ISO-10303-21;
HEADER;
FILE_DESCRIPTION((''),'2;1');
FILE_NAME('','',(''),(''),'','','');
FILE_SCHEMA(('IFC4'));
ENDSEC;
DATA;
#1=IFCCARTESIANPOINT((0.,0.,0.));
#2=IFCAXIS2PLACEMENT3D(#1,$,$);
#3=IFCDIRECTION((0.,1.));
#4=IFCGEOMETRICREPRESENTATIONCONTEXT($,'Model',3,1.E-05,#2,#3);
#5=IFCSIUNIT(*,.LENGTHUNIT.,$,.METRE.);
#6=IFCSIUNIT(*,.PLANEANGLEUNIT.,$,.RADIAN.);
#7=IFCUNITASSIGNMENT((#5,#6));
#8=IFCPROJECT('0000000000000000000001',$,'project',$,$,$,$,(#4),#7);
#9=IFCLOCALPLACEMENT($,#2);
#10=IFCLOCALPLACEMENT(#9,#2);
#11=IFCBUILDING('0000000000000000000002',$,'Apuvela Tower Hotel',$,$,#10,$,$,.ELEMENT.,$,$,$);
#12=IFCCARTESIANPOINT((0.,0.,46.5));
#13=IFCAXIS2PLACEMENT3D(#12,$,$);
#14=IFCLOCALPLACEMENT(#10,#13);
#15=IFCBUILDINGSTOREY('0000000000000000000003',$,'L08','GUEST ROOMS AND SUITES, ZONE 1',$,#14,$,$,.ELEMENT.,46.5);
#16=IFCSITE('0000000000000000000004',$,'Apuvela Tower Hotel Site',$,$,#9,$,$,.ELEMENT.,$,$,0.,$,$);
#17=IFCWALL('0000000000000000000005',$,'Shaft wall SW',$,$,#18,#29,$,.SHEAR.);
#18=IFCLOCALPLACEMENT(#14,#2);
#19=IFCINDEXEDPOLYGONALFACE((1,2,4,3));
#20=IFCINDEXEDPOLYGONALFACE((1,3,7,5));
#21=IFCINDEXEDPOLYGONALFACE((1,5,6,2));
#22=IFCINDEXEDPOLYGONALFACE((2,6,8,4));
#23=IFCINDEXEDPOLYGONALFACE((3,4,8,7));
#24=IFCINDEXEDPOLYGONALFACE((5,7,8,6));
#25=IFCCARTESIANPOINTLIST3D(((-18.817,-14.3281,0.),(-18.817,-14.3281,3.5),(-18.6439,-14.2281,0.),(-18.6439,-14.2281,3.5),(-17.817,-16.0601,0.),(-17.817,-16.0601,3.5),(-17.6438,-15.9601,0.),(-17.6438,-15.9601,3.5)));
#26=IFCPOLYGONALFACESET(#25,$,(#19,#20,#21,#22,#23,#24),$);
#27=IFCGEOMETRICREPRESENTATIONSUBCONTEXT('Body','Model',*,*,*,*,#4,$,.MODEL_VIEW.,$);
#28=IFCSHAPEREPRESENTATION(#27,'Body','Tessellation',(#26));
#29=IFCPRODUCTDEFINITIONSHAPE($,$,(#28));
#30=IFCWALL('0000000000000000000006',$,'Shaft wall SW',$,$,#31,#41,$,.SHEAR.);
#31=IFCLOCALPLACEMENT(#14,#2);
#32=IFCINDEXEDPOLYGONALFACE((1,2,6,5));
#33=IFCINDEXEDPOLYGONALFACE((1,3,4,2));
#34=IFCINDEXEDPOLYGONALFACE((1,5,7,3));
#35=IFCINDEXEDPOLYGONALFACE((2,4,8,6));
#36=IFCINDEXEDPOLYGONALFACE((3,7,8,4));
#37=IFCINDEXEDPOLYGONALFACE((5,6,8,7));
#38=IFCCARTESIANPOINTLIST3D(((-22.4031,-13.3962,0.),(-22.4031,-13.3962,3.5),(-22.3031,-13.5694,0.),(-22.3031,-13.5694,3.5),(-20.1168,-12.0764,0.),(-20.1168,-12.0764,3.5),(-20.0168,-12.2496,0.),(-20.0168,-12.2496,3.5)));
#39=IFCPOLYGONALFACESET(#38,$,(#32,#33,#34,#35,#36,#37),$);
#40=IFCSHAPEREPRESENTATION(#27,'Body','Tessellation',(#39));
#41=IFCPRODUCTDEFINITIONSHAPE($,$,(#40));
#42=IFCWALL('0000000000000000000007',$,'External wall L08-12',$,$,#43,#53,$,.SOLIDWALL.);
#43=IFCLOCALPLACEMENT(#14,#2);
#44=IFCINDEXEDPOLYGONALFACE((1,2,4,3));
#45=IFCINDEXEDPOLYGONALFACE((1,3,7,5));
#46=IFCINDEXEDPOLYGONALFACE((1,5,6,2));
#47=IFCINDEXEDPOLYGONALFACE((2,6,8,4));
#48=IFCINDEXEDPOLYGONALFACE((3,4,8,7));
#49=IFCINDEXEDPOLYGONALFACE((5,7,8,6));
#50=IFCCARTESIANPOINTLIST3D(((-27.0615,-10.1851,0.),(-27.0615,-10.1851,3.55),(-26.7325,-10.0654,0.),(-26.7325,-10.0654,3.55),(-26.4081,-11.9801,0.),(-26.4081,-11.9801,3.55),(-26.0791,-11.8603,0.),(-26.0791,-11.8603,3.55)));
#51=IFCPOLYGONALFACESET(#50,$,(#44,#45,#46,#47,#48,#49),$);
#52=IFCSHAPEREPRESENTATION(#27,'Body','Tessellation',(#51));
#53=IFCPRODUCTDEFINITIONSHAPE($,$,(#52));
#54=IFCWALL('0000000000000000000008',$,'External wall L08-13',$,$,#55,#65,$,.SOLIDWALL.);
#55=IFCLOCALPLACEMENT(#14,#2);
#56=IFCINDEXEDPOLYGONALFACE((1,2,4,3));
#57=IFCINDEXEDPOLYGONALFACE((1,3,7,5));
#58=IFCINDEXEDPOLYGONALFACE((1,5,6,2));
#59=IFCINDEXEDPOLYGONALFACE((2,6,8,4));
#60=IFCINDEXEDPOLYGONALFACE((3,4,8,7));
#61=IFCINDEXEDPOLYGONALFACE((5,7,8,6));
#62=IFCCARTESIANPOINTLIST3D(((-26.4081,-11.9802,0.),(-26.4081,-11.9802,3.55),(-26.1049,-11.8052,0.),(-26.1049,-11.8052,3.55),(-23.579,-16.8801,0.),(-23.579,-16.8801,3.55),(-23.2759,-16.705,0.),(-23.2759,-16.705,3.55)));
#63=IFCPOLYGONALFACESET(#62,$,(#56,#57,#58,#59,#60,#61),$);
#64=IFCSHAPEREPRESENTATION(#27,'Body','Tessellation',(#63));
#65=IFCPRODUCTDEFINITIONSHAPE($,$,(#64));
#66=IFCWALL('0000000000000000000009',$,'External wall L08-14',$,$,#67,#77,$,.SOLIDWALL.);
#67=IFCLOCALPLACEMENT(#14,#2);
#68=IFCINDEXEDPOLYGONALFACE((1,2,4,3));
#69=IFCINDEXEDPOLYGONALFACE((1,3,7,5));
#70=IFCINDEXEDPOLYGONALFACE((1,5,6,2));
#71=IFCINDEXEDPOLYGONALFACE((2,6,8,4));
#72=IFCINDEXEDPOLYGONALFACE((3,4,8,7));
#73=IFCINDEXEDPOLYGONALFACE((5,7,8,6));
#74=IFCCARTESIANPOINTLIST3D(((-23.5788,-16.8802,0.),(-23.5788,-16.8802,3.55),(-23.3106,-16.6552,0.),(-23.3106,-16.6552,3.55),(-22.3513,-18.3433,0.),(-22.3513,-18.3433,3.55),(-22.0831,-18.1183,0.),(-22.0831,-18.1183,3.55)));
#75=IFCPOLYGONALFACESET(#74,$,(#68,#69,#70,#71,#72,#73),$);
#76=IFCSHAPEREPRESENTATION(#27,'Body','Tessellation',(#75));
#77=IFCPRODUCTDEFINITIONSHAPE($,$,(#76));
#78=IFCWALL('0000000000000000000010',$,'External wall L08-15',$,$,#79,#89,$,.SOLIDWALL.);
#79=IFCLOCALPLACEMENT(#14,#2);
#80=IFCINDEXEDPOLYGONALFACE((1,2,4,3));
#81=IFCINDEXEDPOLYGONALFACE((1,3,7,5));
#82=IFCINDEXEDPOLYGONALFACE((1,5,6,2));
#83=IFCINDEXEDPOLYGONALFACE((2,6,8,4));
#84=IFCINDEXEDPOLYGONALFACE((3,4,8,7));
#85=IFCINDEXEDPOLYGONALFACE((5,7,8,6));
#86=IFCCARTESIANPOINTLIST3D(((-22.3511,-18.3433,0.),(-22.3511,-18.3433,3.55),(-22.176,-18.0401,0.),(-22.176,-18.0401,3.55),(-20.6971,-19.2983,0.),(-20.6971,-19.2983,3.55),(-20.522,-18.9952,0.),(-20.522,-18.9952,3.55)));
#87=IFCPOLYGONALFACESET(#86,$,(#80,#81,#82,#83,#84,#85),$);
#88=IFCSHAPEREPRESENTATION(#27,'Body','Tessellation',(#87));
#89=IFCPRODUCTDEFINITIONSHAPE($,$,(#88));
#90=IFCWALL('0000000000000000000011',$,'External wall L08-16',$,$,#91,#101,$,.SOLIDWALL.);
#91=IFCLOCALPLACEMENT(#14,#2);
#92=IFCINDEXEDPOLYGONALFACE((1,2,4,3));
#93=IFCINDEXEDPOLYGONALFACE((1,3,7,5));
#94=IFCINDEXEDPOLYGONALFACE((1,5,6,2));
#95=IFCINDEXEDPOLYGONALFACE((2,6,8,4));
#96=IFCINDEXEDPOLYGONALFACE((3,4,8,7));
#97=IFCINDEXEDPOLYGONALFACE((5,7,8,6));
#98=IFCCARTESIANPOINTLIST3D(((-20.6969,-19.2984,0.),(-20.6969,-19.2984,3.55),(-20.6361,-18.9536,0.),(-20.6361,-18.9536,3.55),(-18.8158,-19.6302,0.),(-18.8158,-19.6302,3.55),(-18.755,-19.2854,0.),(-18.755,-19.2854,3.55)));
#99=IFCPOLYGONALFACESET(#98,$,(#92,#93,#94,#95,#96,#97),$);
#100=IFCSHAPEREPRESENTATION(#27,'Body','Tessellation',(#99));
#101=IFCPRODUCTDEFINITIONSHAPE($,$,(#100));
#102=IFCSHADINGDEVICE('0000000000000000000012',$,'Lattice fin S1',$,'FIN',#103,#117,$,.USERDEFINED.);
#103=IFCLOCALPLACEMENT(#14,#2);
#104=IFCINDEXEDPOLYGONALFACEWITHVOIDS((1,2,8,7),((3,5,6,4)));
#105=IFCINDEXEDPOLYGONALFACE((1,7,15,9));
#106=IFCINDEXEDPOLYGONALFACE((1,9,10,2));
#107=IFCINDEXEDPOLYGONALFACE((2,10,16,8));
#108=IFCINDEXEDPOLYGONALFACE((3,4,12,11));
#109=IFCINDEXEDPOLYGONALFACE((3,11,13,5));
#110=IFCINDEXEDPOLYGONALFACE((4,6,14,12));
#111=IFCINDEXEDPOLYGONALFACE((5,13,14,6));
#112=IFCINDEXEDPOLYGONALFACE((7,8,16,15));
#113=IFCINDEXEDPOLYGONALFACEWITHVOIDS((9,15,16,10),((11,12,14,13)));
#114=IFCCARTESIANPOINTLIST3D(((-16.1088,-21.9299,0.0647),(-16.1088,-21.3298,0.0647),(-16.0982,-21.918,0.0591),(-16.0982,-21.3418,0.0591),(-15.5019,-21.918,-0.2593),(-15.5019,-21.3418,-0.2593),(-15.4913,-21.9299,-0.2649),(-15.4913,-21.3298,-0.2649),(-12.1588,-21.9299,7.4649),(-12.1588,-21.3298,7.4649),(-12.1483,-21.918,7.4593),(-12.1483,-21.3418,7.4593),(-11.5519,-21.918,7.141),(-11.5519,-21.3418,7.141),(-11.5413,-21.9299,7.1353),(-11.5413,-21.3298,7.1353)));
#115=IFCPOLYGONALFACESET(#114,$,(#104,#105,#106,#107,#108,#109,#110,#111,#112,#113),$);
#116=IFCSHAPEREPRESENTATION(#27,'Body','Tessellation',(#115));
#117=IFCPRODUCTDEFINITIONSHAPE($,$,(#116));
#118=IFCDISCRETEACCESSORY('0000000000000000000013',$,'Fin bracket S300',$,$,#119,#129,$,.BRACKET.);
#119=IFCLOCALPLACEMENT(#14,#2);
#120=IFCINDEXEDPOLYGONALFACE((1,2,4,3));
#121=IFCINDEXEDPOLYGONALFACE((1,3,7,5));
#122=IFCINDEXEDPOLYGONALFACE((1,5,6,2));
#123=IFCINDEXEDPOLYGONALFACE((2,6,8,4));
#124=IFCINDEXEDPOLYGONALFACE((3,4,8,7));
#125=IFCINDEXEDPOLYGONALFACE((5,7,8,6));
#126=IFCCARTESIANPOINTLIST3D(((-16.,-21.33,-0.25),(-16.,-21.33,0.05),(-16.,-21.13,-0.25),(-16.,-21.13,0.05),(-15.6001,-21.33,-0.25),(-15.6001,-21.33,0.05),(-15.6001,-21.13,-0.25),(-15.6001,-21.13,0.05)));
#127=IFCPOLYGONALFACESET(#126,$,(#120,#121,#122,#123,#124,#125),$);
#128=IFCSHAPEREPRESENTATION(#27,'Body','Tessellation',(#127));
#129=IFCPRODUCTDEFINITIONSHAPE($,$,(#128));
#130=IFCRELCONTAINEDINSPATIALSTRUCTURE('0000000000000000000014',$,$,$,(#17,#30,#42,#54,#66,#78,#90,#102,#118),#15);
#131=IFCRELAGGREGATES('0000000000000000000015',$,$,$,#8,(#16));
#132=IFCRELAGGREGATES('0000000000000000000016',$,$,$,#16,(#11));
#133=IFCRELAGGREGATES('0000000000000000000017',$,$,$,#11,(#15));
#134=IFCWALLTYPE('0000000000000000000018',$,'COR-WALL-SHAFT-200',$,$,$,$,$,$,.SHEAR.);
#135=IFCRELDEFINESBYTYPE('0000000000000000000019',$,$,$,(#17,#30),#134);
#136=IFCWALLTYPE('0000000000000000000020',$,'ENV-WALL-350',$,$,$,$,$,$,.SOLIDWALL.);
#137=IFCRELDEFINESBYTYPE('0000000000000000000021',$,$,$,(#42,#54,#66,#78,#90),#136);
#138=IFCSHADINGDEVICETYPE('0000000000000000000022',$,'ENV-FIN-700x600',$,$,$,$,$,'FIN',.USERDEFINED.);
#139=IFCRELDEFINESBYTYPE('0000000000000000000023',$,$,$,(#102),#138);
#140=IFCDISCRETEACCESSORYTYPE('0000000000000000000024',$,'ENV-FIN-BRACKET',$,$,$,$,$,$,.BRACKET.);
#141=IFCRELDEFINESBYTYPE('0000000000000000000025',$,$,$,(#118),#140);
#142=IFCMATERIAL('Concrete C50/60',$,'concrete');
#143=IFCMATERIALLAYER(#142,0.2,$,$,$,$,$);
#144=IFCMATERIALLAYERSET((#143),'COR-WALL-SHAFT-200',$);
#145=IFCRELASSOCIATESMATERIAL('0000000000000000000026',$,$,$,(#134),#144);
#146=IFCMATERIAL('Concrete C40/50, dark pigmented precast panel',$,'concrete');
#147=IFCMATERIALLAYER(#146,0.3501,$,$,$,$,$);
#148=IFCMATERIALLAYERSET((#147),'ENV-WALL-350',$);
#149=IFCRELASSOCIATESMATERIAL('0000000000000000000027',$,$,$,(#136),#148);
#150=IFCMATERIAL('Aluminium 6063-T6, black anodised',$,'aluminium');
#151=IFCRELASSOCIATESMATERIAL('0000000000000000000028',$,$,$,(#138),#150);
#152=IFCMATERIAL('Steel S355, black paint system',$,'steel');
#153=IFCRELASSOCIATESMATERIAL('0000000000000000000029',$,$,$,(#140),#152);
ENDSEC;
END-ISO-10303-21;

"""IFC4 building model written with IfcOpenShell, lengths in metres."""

from ifc_helpers import new_model, si_unit, direction, frame, frame_2d, origin, origin_2d, place, context, subcontext, project, spatial, rectangle, hollow_rectangle, extrude, material, layer, layer_set, material_profile, profile_set, type_object, element, save


model = new_model("IFC4")

# Units and contexts
model_context = context("Model", 3, precision=1e-05, world=origin(), true_north=direction((0.0, 1.0)))
body_context = subcontext(model_context, "Body", "Model", "MODEL_VIEW")
ifc_project = project(units=[si_unit("LENGTHUNIT", "METRE"), si_unit("PLANEANGLEUNIT", "RADIAN")], contexts=[model_context])

# Site, building, storey
site_placement = place(None, origin())
site = spatial("IfcSite", under=ifc_project, at=site_placement, Name="Apuvela Tower Hotel Site", CompositionType="ELEMENT", RefElevation=0.0)
building_placement = place(site_placement, origin())
building = spatial("IfcBuilding", under=site, at=building_placement, Name="Apuvela Tower Hotel", CompositionType="ELEMENT")
storey_placement = place(building_placement, frame((0.0, 0.0, 46.5)))
storey = spatial("IfcBuildingStorey", under=building, at=storey_placement, Name="L08", Description="GUEST ROOMS AND SUITES, ZONE 1", CompositionType="ELEMENT", Elevation=46.5)

# Shared definitions
ifc_material_1 = material(Name="Concrete C50/60", Category="concrete")
ifc_layer_1 = layer(ifc_material_1, 0.2)
ifc_layer_set_1 = layer_set([ifc_layer_1], Name="COR-WALL-SHAFT-200")
wall_type_1 = type_object("IfcWallType", Name="COR-WALL-SHAFT-200", PredefinedType="SHEAR", material=ifc_layer_set_1)

# Walls
wall_1_placement = place(storey_placement, frame((-18.7305, -14.2781, 0.0), z_axis=(0.0, 0.0, 1.0), x_axis=(0.500025, -0.866011, 0.0)))
element("IfcWall", 1, at=wall_1_placement, inside=storey, type_object=wall_type_1, Name="Shaft wall SW", PredefinedType="SHEAR", context=body_context, shape_type="SweptSolid", body=[
    extrude(rectangle(XDim=2.0, YDim=0.2, at=frame_2d((1.0, 0.0))), origin(), (0.0, 0.0, 1.0), 3.5),
])
wall_2_placement = place(storey_placement, frame((-20.0669, -12.1631, 0.0), z_axis=(0.0, 0.0, 1.0), x_axis=(-0.866061, -0.499939, 0.0)))
element("IfcWall", 2, at=wall_2_placement, inside=storey, type_object=wall_type_1, Name="Shaft wall SW", PredefinedType="SHEAR", context=body_context, shape_type="SweptSolid", body=[
    extrude(rectangle(XDim=2.6399, YDim=0.2, at=frame_2d((1.3198, 0.0))), origin(), (0.0, 0.0, 1.0), 3.5),
])
ifc_material_2 = material(Name="Concrete C40/50, dark pigmented precast panel", Category="concrete")
ifc_layer_2 = layer(ifc_material_2, 0.3501)
ifc_layer_set_2 = layer_set([ifc_layer_2], Name="ENV-WALL-350")
wall_type_2 = type_object("IfcWallType", Name="ENV-WALL-350", PredefinedType="SOLIDWALL", material=ifc_layer_set_2)
wall_3_placement = place(storey_placement, frame((-26.897, -10.1252, 0.0), z_axis=(0.0, 0.0, 1.0), x_axis=(0.34203, -0.939689, 0.0)))
element("IfcWall", 3, at=wall_3_placement, inside=storey, type_object=wall_type_2, Name="External wall L08-12", PredefinedType="SOLIDWALL", context=body_context, shape_type="SweptSolid", body=[
    extrude(rectangle(XDim=1.9102, YDim=0.3501, at=frame_2d((0.9551, 0.0))), origin(), (0.0, 0.0, 1.0), 3.55),
])
wall_4_placement = place(storey_placement, frame((-26.2566, -11.8926, 0.0), z_axis=(0.0, 0.0, 1.0), x_axis=(0.500019, -0.866015, 0.0)))
element("IfcWall", 4, at=wall_4_placement, inside=storey, type_object=wall_type_2, Name="External wall L08-13", PredefinedType="SOLIDWALL", context=body_context, shape_type="SweptSolid", body=[
    extrude(rectangle(XDim=5.658, YDim=0.3501, at=frame_2d((2.8291, 0.0))), origin(), (0.0, 0.0, 1.0), 3.55),
])
for number, where, z_axis, x_axis, name in (
    (5, (-23.4448, -16.7676, 0.0), (0.0, 0.0, 1.0), (0.642733, -0.76609, 0.0), "External wall L08-14"),
    (6, (-22.2637, -18.1917, 0.0), (0.0, 0.0, 1.0), (0.866, -0.500043, 0.0), "External wall L08-15"),
):
    element("IfcWall", number, at=place(storey_placement, frame(where, z_axis=z_axis, x_axis=x_axis)), inside=storey, type_object=wall_type_2, Name=name, PredefinedType="SOLIDWALL", context=body_context, shape_type="SweptSolid", body=[
        extrude(rectangle(XDim=1.9099, YDim=0.3501, at=frame_2d((0.9551, 0.0))), origin(), (0.0, 0.0, 1.0), 3.55),
    ])
wall_5_placement = place(storey_placement, frame((-20.6665, -19.126, 0.0), z_axis=(0.0, 0.0, 1.0), x_axis=(0.984799, -0.173698, 0.0)))
element("IfcWall", 7, at=wall_5_placement, inside=storey, type_object=wall_type_2, Name="External wall L08-16", PredefinedType="SOLIDWALL", context=body_context, shape_type="SweptSolid", body=[
    extrude(rectangle(XDim=1.9102, YDim=0.3501, at=frame_2d((0.9551, 0.0))), origin(), (0.0, 0.0, 1.0), 3.55),
])

# Shading device
ifc_material_3 = material(Name="Aluminium 6063-T6, black anodised", Category="aluminium")
ifc_material_profile_1 = material_profile(ifc_material_3, hollow_rectangle(XDim=0.6001, YDim=0.7, WallThickness=0.012, at=origin_2d()), Name="AL BOX 700x600x12")
ifc_profile_set_1 = profile_set([ifc_material_profile_1], Name="Aluminium 6063-T6, black anodised")
shading_device_type = type_object("IfcShadingDeviceType", Name="ENV-FIN-700x600", ElementType="FIN", PredefinedType="USERDEFINED", material=ifc_profile_set_1)
shading_device_placement = place(storey_placement, frame((-15.8, -21.6299, -0.1001), z_axis=(0.470886, 0.0, 0.882194), x_axis=(0.0, 1.0, 0.0)))
element("IfcShadingDevice", 8, at=shading_device_placement, inside=storey, type_object=shading_device_type, Name="Lattice fin S1", ObjectType="FIN", PredefinedType="USERDEFINED", context=body_context, shape_type="SweptSolid", body=[
    extrude(hollow_rectangle(XDim=0.6001, YDim=0.7, WallThickness=0.012, at=origin_2d()), origin(), (0.0, 0.0, 1.0), 8.3884),
])

# Discrete accessory
ifc_material_4 = material(Name="Steel S355, black paint system", Category="steel")
discrete_accessory_type = type_object("IfcDiscreteAccessoryType", Name="ENV-FIN-BRACKET", PredefinedType="BRACKET", material=ifc_material_4)
discrete_accessory_placement = place(storey_placement, frame((-15.8, -21.23, -0.25), z_axis=(0.0, 0.0, 1.0), x_axis=(1.0, 0.0, 0.0)))
element("IfcDiscreteAccessory", 9, at=discrete_accessory_placement, inside=storey, type_object=discrete_accessory_type, Name="Fin bracket S300", PredefinedType="BRACKET", context=body_context, shape_type="SweptSolid", body=[
    extrude(rectangle(XDim=0.3999, YDim=0.2, at=origin_2d()), origin(), (0.0, 0.0, 1.0), 0.3),
])

save(model, "model.ifc")
